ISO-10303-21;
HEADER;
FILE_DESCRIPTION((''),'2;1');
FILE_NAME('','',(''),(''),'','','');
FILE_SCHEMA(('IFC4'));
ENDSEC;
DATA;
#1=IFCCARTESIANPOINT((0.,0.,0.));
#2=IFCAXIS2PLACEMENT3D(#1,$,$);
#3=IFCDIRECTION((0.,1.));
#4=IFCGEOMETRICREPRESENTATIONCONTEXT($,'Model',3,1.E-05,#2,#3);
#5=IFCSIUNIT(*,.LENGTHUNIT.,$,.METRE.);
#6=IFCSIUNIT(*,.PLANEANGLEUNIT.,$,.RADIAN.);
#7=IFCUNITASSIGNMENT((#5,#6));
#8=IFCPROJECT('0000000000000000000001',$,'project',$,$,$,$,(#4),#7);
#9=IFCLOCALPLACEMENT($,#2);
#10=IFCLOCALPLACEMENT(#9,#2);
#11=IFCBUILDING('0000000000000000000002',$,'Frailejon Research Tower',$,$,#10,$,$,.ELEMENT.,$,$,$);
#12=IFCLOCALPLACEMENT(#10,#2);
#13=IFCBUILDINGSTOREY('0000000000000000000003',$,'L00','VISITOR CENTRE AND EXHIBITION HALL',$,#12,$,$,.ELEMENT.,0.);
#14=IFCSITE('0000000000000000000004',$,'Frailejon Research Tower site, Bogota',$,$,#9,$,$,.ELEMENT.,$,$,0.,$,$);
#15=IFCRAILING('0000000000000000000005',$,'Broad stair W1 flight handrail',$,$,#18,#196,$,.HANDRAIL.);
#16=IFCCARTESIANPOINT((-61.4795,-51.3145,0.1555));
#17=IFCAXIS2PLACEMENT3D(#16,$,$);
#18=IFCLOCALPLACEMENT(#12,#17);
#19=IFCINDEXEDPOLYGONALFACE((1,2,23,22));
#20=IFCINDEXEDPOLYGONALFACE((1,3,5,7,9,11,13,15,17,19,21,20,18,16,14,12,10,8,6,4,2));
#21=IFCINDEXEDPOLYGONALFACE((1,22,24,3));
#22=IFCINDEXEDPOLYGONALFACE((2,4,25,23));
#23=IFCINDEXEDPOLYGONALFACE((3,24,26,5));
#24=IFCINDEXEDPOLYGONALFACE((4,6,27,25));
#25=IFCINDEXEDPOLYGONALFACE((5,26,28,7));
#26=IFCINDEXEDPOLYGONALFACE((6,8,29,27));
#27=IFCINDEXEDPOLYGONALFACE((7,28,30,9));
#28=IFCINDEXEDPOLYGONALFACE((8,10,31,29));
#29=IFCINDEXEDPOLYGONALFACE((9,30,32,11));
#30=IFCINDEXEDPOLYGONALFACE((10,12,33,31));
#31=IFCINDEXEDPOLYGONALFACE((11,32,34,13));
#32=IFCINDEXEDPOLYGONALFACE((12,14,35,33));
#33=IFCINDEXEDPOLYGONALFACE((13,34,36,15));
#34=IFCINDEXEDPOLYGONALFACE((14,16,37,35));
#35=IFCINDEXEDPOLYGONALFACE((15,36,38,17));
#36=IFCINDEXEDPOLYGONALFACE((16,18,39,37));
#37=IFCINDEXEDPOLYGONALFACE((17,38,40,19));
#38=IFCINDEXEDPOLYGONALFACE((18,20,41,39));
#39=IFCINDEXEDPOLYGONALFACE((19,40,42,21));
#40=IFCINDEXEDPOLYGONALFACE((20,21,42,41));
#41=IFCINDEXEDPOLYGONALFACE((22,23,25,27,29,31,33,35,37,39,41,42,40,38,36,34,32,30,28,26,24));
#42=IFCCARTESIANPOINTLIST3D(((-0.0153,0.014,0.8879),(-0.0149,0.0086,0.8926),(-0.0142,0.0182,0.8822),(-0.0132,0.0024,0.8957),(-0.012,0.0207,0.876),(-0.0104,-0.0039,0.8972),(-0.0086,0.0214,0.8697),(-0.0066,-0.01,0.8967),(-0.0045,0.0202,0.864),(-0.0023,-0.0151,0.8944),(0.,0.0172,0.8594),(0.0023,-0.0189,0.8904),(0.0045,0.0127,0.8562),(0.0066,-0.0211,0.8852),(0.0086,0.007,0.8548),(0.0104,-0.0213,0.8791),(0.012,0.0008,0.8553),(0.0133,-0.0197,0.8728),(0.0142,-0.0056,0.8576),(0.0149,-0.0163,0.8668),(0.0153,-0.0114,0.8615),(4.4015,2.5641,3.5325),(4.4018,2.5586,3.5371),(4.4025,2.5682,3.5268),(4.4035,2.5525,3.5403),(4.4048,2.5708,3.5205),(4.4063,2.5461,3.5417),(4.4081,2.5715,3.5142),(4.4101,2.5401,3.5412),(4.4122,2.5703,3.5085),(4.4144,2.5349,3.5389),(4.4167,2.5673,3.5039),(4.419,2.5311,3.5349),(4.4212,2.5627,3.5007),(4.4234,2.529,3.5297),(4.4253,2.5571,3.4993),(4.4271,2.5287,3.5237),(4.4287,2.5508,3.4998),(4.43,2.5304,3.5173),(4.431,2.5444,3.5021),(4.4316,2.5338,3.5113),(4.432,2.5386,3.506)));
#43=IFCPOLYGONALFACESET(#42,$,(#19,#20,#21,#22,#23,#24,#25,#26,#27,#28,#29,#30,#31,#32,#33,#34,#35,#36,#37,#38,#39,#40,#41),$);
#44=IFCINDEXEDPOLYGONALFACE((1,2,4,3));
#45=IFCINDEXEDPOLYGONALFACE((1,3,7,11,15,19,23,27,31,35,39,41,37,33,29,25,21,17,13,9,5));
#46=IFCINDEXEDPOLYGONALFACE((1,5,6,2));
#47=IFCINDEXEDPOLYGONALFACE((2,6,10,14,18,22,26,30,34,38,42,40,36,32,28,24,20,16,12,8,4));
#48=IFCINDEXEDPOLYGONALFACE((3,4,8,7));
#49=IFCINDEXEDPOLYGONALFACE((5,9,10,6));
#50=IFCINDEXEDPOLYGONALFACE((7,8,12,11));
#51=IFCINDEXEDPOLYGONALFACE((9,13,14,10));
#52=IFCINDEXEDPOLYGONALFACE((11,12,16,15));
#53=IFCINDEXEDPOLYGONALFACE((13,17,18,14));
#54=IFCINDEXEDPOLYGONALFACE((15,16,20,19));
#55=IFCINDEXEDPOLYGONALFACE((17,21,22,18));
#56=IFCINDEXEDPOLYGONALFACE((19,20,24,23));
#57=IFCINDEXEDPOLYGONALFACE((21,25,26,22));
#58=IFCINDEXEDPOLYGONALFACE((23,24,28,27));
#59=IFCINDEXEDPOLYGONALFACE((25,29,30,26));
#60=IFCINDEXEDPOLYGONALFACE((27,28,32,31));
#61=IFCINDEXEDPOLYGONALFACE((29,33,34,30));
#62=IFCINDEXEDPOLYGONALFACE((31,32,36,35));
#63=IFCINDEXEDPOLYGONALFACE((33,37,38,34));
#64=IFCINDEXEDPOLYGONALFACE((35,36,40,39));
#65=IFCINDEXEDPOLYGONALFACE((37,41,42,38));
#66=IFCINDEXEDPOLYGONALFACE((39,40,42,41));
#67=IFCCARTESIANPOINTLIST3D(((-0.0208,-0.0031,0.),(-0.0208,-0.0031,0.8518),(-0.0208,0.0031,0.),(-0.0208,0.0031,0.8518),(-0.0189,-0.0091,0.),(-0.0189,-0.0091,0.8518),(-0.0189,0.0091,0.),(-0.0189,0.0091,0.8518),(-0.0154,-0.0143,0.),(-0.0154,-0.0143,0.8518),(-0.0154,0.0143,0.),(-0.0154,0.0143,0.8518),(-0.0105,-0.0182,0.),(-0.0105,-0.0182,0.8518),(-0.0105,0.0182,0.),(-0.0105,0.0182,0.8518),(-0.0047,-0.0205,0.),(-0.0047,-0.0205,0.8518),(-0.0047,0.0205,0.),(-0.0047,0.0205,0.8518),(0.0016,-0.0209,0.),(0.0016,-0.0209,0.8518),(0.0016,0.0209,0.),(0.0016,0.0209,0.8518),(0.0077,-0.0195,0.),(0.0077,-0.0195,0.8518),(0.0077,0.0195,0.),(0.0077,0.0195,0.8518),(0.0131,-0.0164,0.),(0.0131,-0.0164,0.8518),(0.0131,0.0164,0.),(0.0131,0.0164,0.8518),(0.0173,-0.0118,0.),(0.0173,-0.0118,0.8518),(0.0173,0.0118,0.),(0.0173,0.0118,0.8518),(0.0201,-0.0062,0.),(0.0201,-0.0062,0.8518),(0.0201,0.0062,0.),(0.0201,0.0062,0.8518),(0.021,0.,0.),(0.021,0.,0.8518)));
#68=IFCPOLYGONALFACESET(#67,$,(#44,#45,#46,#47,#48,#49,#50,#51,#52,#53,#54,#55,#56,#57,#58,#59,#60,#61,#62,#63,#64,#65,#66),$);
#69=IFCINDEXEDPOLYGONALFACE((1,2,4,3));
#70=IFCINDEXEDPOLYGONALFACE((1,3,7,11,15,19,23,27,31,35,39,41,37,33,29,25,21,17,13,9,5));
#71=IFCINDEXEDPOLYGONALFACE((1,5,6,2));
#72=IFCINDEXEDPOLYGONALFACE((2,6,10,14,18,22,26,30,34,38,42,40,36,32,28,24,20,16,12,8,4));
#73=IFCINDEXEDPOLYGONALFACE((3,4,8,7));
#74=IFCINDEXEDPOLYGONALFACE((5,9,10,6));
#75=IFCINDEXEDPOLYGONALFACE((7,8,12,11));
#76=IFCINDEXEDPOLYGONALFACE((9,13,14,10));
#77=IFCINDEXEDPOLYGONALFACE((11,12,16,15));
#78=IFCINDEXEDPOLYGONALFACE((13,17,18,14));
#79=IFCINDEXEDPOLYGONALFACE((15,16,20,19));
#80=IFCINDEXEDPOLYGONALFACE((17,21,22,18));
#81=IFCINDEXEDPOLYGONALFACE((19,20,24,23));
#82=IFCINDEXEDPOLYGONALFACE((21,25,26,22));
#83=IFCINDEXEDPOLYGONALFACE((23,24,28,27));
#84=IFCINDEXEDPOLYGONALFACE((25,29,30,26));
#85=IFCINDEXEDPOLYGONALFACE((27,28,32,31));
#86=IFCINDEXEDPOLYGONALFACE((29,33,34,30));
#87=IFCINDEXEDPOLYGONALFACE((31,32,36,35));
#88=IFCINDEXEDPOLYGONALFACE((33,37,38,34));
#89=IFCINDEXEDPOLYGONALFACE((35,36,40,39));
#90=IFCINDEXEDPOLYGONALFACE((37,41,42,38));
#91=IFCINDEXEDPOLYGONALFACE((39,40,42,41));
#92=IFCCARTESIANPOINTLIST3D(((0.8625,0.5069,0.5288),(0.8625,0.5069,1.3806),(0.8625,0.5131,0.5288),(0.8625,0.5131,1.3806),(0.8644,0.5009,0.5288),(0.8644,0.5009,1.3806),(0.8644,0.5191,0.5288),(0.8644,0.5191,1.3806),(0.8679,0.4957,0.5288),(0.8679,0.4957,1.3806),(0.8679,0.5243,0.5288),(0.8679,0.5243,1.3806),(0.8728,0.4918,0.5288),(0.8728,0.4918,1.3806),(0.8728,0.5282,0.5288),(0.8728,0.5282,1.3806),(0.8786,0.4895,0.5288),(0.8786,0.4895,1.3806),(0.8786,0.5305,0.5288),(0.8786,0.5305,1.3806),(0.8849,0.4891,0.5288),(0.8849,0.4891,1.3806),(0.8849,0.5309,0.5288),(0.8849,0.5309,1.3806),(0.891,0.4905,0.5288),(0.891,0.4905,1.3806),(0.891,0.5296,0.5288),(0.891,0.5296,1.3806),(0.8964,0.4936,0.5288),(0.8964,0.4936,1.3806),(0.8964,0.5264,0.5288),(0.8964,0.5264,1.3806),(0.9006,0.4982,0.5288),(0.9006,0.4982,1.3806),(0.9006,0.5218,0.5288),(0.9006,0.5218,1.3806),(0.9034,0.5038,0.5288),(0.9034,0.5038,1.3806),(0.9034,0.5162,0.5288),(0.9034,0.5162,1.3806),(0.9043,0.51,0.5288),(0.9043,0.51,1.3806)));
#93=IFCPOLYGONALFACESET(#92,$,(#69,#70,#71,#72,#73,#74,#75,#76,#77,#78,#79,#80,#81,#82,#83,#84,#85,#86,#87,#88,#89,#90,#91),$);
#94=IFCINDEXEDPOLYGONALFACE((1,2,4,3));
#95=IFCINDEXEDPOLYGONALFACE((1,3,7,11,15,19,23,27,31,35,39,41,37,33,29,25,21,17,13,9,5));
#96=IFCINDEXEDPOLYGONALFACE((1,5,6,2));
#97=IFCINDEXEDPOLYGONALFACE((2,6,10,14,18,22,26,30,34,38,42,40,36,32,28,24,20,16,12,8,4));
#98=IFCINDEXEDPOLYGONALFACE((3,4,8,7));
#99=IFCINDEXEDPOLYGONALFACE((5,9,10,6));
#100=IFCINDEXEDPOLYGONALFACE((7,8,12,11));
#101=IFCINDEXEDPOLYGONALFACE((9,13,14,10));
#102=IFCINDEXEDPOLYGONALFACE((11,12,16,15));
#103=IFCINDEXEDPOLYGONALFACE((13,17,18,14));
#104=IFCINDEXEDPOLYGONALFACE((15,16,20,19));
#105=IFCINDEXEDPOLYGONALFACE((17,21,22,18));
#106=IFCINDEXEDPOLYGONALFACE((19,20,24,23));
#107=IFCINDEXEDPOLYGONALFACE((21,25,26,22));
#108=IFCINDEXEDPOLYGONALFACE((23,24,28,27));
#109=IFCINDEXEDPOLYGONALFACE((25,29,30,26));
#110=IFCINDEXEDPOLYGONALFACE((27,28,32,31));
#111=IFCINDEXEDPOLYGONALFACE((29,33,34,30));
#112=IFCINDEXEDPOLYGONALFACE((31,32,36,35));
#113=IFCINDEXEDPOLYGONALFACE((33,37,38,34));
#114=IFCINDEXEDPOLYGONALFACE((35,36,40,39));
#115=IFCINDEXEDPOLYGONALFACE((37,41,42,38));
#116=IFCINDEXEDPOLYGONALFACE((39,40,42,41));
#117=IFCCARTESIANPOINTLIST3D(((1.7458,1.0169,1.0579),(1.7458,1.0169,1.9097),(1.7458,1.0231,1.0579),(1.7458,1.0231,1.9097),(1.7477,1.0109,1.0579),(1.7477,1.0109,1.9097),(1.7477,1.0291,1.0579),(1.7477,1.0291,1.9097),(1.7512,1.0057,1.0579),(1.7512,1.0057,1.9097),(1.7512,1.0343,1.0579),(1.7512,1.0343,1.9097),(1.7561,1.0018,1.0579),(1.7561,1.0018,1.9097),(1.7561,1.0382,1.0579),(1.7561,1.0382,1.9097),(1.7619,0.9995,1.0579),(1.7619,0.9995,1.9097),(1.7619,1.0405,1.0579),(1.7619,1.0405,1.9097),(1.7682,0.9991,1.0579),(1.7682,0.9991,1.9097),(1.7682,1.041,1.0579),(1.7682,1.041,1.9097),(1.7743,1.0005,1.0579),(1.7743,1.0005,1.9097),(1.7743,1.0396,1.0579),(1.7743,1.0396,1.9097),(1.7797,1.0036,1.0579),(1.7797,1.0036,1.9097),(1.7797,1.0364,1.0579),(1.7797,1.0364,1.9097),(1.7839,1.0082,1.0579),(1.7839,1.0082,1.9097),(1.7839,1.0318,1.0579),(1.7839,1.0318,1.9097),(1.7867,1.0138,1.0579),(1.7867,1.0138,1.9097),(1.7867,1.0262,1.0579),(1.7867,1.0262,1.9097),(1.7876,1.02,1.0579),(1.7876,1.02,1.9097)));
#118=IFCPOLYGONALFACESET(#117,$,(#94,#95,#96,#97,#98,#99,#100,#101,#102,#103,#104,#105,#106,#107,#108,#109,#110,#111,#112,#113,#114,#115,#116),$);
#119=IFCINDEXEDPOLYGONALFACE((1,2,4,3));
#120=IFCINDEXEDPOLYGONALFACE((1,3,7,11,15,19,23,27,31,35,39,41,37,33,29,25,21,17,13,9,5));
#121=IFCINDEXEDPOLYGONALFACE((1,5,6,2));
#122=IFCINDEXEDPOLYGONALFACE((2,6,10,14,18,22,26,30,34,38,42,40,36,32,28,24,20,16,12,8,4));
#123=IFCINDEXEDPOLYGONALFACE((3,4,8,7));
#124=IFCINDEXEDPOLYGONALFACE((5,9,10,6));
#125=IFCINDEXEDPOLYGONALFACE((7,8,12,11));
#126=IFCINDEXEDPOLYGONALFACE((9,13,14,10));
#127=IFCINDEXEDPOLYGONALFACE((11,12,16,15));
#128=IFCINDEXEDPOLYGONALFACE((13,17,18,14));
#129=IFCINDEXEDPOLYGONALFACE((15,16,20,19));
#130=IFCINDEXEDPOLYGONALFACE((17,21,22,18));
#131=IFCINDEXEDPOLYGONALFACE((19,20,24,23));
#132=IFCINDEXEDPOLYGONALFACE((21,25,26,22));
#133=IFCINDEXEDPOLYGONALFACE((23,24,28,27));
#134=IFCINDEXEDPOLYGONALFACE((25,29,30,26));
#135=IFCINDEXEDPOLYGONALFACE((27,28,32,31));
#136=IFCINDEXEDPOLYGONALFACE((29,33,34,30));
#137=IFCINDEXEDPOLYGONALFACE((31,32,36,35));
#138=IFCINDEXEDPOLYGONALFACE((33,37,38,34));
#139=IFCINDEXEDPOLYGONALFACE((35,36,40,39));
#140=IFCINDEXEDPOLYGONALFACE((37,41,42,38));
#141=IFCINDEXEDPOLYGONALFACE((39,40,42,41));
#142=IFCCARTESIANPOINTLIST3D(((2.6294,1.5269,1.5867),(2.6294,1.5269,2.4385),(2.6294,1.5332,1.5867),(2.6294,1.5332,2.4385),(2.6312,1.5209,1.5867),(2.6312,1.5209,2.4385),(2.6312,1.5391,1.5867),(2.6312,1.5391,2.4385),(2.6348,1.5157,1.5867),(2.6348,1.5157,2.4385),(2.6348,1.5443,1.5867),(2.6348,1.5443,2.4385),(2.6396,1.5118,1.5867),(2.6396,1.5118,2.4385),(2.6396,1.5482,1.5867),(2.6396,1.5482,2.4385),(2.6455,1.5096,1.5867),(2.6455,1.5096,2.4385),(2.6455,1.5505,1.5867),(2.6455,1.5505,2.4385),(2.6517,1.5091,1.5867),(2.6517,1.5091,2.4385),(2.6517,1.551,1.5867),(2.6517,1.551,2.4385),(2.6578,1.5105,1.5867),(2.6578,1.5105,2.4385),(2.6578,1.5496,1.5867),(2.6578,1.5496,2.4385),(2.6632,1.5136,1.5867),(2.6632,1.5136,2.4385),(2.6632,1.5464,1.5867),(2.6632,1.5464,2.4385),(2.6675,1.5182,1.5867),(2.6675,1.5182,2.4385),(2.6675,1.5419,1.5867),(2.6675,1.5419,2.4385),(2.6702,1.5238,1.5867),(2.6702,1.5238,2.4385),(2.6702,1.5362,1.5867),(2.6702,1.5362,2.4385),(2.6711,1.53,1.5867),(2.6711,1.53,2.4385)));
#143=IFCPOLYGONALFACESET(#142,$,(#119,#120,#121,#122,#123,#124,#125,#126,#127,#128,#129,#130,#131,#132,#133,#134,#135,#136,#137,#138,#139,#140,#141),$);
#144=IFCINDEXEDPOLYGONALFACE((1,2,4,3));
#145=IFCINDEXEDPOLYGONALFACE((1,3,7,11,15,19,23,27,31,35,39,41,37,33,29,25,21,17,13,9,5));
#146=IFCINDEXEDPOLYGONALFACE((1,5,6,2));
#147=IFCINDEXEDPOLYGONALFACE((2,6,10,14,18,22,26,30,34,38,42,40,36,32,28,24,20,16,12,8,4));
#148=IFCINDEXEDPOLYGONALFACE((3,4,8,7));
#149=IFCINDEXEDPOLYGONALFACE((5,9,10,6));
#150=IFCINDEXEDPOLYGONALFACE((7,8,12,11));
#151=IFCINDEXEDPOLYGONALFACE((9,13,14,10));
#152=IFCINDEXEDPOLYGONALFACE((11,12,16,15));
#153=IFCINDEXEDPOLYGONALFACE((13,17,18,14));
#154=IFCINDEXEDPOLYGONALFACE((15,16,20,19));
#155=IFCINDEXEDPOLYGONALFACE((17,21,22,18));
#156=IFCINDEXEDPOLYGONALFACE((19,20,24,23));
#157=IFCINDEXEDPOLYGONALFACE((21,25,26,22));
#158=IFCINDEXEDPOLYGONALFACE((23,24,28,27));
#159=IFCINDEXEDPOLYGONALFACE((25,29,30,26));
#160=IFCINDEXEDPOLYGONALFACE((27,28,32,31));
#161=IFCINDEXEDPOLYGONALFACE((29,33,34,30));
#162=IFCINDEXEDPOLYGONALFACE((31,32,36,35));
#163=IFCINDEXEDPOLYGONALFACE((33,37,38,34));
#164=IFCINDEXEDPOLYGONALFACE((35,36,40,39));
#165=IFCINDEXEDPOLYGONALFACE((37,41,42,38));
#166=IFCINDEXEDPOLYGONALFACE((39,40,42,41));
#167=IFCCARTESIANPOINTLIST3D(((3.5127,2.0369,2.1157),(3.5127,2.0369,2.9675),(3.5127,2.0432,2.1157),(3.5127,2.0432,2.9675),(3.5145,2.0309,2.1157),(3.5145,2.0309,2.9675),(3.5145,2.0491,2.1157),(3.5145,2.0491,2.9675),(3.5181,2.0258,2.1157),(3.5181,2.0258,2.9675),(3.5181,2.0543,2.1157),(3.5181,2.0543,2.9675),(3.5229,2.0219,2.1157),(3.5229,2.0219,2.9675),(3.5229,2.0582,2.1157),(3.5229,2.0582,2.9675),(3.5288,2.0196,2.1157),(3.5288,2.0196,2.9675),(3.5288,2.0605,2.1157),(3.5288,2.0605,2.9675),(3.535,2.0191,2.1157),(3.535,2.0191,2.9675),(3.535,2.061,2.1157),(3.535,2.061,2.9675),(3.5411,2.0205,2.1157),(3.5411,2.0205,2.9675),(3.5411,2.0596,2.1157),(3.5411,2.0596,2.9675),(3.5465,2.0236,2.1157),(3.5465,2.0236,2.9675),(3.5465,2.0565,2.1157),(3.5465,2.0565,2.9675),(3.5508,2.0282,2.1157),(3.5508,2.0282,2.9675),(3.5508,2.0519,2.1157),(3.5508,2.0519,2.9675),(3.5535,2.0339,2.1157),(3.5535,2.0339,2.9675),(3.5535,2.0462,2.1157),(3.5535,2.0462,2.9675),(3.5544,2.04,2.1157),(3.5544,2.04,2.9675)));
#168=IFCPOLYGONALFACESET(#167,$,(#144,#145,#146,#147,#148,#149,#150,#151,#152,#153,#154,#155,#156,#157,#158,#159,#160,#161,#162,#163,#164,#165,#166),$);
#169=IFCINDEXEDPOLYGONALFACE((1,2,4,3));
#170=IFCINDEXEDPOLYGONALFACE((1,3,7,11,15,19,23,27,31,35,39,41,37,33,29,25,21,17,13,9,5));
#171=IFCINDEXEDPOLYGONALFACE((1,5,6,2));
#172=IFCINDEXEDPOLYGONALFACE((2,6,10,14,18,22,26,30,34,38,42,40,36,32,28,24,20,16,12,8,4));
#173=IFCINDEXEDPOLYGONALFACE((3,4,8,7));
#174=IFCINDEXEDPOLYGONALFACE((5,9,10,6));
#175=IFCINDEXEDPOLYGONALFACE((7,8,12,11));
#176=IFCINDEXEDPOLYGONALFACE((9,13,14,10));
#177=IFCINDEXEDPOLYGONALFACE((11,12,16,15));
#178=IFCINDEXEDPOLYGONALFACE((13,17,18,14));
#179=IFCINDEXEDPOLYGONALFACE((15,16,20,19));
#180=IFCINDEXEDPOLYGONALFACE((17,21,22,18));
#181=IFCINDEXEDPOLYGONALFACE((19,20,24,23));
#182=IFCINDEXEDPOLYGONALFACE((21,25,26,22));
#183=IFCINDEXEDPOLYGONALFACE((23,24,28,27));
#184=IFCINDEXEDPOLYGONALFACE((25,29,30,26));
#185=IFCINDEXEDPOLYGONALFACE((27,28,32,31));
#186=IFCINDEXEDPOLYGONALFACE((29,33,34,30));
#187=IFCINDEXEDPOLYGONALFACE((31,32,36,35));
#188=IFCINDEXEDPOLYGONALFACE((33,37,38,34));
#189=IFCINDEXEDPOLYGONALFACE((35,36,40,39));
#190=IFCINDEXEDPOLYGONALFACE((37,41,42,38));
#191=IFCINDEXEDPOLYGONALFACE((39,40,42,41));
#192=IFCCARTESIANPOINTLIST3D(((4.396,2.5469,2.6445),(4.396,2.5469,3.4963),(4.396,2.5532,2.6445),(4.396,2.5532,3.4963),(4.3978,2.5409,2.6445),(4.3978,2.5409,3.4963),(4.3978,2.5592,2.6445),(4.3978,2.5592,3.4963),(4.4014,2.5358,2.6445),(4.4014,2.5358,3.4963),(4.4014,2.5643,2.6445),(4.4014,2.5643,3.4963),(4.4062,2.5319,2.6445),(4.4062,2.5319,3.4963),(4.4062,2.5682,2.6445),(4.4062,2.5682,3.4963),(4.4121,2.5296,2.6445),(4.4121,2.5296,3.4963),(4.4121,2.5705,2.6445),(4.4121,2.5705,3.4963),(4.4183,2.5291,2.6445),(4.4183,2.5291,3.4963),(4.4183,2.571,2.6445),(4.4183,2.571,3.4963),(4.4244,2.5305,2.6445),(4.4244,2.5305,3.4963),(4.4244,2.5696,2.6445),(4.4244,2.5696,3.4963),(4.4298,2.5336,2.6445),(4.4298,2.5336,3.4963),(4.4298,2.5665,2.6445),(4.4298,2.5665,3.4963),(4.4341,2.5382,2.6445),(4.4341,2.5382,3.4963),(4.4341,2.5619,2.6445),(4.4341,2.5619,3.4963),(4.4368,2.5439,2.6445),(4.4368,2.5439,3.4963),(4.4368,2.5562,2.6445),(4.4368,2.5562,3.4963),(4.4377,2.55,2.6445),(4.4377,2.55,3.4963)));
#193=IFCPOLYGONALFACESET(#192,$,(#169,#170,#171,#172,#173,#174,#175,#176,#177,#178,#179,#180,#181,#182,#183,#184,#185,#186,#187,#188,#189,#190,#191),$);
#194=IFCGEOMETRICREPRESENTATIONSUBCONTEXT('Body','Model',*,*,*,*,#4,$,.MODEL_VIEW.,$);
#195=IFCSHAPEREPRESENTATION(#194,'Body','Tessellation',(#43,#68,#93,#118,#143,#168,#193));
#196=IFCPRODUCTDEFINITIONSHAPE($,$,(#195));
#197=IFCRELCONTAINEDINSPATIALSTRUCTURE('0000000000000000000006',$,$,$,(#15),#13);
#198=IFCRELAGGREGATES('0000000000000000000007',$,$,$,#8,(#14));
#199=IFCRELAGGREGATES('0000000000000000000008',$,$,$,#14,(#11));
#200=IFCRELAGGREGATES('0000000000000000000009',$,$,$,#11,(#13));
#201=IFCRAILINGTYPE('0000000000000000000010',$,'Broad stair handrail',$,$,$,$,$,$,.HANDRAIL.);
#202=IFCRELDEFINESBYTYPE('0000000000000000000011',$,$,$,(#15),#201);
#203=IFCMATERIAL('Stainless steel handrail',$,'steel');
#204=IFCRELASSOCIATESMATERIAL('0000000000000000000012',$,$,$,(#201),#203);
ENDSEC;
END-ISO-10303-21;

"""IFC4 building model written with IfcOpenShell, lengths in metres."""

from ifc_helpers import new_model, si_unit, direction, frame, origin, origin_2d, place, context, subcontext, project, spatial, circle, extrude, material, type_object, element, save


model = new_model("IFC4")

# Units and contexts
model_context = context("Model", 3, precision=1e-05, world=origin(), true_north=direction((0.0, 1.0)))
body_context = subcontext(model_context, "Body", "Model", "MODEL_VIEW")
ifc_project = project(units=[si_unit("LENGTHUNIT", "METRE"), si_unit("PLANEANGLEUNIT", "RADIAN")], contexts=[model_context])

# Site, building, storey
site_placement = place(None, origin())
site = spatial("IfcSite", under=ifc_project, at=site_placement, Name="Frailejon Research Tower site, Bogota", CompositionType="ELEMENT", RefElevation=0.0)
building_placement = place(site_placement, origin())
building = spatial("IfcBuilding", under=site, at=building_placement, Name="Frailejon Research Tower", CompositionType="ELEMENT")
storey_placement = place(building_placement, origin())
storey = spatial("IfcBuildingStorey", under=building, at=storey_placement, Name="L00", Description="VISITOR CENTRE AND EXHIBITION HALL", CompositionType="ELEMENT", Elevation=0.0)

# Railing
ifc_material_1 = material(Name="Stainless steel handrail", Category="steel")
railing_type_1 = type_object("IfcRailingType", Name="Broad stair handrail", PredefinedType="HANDRAIL", material=ifc_material_1)
for number, where, name in (
    (1, (-61.4795, -51.3145, 0.1555), "Broad stair W1 flight handrail"),
):
    element("IfcRailing", number, at=place(storey_placement, frame(where)), inside=storey, type_object=railing_type_1, Name=name, PredefinedType="HANDRAIL", context=body_context, shape_type="SweptSolid", body=[
        extrude(circle(Radius=0.0239, at=origin_2d()), frame((0.0, 0.0, 0.876), z_axis=(0.768811, 0.44388, 0.460326), x_axis=(-0.500006, 0.866022, 0.0)), (0.0, 0.0, 1.0), 5.7449),
        extrude(circle(Radius=0.021, at=origin_2d()), origin(), (0.0, 0.0, 1.0), 0.8518),
        extrude(circle(Radius=0.021, at=origin_2d()), frame((0.8833, 0.51, 0.5288)), (0.0, 0.0, 1.0), 0.8518),
        extrude(circle(Radius=0.021, at=origin_2d()), frame((1.7666, 1.02, 1.0579)), (0.0, 0.0, 1.0), 0.8518),
        extrude(circle(Radius=0.021, at=origin_2d()), frame((2.6501, 1.53, 1.5867)), (0.0, 0.0, 1.0), 0.8518),
        extrude(circle(Radius=0.021, at=origin_2d()), frame((3.5334, 2.04, 2.1157)), (0.0, 0.0, 1.0), 0.8518),
        extrude(circle(Radius=0.021, at=origin_2d()), frame((4.4167, 2.55, 2.6445)), (0.0, 0.0, 1.0), 0.8518),
    ])

save(model, "model.ifc")
